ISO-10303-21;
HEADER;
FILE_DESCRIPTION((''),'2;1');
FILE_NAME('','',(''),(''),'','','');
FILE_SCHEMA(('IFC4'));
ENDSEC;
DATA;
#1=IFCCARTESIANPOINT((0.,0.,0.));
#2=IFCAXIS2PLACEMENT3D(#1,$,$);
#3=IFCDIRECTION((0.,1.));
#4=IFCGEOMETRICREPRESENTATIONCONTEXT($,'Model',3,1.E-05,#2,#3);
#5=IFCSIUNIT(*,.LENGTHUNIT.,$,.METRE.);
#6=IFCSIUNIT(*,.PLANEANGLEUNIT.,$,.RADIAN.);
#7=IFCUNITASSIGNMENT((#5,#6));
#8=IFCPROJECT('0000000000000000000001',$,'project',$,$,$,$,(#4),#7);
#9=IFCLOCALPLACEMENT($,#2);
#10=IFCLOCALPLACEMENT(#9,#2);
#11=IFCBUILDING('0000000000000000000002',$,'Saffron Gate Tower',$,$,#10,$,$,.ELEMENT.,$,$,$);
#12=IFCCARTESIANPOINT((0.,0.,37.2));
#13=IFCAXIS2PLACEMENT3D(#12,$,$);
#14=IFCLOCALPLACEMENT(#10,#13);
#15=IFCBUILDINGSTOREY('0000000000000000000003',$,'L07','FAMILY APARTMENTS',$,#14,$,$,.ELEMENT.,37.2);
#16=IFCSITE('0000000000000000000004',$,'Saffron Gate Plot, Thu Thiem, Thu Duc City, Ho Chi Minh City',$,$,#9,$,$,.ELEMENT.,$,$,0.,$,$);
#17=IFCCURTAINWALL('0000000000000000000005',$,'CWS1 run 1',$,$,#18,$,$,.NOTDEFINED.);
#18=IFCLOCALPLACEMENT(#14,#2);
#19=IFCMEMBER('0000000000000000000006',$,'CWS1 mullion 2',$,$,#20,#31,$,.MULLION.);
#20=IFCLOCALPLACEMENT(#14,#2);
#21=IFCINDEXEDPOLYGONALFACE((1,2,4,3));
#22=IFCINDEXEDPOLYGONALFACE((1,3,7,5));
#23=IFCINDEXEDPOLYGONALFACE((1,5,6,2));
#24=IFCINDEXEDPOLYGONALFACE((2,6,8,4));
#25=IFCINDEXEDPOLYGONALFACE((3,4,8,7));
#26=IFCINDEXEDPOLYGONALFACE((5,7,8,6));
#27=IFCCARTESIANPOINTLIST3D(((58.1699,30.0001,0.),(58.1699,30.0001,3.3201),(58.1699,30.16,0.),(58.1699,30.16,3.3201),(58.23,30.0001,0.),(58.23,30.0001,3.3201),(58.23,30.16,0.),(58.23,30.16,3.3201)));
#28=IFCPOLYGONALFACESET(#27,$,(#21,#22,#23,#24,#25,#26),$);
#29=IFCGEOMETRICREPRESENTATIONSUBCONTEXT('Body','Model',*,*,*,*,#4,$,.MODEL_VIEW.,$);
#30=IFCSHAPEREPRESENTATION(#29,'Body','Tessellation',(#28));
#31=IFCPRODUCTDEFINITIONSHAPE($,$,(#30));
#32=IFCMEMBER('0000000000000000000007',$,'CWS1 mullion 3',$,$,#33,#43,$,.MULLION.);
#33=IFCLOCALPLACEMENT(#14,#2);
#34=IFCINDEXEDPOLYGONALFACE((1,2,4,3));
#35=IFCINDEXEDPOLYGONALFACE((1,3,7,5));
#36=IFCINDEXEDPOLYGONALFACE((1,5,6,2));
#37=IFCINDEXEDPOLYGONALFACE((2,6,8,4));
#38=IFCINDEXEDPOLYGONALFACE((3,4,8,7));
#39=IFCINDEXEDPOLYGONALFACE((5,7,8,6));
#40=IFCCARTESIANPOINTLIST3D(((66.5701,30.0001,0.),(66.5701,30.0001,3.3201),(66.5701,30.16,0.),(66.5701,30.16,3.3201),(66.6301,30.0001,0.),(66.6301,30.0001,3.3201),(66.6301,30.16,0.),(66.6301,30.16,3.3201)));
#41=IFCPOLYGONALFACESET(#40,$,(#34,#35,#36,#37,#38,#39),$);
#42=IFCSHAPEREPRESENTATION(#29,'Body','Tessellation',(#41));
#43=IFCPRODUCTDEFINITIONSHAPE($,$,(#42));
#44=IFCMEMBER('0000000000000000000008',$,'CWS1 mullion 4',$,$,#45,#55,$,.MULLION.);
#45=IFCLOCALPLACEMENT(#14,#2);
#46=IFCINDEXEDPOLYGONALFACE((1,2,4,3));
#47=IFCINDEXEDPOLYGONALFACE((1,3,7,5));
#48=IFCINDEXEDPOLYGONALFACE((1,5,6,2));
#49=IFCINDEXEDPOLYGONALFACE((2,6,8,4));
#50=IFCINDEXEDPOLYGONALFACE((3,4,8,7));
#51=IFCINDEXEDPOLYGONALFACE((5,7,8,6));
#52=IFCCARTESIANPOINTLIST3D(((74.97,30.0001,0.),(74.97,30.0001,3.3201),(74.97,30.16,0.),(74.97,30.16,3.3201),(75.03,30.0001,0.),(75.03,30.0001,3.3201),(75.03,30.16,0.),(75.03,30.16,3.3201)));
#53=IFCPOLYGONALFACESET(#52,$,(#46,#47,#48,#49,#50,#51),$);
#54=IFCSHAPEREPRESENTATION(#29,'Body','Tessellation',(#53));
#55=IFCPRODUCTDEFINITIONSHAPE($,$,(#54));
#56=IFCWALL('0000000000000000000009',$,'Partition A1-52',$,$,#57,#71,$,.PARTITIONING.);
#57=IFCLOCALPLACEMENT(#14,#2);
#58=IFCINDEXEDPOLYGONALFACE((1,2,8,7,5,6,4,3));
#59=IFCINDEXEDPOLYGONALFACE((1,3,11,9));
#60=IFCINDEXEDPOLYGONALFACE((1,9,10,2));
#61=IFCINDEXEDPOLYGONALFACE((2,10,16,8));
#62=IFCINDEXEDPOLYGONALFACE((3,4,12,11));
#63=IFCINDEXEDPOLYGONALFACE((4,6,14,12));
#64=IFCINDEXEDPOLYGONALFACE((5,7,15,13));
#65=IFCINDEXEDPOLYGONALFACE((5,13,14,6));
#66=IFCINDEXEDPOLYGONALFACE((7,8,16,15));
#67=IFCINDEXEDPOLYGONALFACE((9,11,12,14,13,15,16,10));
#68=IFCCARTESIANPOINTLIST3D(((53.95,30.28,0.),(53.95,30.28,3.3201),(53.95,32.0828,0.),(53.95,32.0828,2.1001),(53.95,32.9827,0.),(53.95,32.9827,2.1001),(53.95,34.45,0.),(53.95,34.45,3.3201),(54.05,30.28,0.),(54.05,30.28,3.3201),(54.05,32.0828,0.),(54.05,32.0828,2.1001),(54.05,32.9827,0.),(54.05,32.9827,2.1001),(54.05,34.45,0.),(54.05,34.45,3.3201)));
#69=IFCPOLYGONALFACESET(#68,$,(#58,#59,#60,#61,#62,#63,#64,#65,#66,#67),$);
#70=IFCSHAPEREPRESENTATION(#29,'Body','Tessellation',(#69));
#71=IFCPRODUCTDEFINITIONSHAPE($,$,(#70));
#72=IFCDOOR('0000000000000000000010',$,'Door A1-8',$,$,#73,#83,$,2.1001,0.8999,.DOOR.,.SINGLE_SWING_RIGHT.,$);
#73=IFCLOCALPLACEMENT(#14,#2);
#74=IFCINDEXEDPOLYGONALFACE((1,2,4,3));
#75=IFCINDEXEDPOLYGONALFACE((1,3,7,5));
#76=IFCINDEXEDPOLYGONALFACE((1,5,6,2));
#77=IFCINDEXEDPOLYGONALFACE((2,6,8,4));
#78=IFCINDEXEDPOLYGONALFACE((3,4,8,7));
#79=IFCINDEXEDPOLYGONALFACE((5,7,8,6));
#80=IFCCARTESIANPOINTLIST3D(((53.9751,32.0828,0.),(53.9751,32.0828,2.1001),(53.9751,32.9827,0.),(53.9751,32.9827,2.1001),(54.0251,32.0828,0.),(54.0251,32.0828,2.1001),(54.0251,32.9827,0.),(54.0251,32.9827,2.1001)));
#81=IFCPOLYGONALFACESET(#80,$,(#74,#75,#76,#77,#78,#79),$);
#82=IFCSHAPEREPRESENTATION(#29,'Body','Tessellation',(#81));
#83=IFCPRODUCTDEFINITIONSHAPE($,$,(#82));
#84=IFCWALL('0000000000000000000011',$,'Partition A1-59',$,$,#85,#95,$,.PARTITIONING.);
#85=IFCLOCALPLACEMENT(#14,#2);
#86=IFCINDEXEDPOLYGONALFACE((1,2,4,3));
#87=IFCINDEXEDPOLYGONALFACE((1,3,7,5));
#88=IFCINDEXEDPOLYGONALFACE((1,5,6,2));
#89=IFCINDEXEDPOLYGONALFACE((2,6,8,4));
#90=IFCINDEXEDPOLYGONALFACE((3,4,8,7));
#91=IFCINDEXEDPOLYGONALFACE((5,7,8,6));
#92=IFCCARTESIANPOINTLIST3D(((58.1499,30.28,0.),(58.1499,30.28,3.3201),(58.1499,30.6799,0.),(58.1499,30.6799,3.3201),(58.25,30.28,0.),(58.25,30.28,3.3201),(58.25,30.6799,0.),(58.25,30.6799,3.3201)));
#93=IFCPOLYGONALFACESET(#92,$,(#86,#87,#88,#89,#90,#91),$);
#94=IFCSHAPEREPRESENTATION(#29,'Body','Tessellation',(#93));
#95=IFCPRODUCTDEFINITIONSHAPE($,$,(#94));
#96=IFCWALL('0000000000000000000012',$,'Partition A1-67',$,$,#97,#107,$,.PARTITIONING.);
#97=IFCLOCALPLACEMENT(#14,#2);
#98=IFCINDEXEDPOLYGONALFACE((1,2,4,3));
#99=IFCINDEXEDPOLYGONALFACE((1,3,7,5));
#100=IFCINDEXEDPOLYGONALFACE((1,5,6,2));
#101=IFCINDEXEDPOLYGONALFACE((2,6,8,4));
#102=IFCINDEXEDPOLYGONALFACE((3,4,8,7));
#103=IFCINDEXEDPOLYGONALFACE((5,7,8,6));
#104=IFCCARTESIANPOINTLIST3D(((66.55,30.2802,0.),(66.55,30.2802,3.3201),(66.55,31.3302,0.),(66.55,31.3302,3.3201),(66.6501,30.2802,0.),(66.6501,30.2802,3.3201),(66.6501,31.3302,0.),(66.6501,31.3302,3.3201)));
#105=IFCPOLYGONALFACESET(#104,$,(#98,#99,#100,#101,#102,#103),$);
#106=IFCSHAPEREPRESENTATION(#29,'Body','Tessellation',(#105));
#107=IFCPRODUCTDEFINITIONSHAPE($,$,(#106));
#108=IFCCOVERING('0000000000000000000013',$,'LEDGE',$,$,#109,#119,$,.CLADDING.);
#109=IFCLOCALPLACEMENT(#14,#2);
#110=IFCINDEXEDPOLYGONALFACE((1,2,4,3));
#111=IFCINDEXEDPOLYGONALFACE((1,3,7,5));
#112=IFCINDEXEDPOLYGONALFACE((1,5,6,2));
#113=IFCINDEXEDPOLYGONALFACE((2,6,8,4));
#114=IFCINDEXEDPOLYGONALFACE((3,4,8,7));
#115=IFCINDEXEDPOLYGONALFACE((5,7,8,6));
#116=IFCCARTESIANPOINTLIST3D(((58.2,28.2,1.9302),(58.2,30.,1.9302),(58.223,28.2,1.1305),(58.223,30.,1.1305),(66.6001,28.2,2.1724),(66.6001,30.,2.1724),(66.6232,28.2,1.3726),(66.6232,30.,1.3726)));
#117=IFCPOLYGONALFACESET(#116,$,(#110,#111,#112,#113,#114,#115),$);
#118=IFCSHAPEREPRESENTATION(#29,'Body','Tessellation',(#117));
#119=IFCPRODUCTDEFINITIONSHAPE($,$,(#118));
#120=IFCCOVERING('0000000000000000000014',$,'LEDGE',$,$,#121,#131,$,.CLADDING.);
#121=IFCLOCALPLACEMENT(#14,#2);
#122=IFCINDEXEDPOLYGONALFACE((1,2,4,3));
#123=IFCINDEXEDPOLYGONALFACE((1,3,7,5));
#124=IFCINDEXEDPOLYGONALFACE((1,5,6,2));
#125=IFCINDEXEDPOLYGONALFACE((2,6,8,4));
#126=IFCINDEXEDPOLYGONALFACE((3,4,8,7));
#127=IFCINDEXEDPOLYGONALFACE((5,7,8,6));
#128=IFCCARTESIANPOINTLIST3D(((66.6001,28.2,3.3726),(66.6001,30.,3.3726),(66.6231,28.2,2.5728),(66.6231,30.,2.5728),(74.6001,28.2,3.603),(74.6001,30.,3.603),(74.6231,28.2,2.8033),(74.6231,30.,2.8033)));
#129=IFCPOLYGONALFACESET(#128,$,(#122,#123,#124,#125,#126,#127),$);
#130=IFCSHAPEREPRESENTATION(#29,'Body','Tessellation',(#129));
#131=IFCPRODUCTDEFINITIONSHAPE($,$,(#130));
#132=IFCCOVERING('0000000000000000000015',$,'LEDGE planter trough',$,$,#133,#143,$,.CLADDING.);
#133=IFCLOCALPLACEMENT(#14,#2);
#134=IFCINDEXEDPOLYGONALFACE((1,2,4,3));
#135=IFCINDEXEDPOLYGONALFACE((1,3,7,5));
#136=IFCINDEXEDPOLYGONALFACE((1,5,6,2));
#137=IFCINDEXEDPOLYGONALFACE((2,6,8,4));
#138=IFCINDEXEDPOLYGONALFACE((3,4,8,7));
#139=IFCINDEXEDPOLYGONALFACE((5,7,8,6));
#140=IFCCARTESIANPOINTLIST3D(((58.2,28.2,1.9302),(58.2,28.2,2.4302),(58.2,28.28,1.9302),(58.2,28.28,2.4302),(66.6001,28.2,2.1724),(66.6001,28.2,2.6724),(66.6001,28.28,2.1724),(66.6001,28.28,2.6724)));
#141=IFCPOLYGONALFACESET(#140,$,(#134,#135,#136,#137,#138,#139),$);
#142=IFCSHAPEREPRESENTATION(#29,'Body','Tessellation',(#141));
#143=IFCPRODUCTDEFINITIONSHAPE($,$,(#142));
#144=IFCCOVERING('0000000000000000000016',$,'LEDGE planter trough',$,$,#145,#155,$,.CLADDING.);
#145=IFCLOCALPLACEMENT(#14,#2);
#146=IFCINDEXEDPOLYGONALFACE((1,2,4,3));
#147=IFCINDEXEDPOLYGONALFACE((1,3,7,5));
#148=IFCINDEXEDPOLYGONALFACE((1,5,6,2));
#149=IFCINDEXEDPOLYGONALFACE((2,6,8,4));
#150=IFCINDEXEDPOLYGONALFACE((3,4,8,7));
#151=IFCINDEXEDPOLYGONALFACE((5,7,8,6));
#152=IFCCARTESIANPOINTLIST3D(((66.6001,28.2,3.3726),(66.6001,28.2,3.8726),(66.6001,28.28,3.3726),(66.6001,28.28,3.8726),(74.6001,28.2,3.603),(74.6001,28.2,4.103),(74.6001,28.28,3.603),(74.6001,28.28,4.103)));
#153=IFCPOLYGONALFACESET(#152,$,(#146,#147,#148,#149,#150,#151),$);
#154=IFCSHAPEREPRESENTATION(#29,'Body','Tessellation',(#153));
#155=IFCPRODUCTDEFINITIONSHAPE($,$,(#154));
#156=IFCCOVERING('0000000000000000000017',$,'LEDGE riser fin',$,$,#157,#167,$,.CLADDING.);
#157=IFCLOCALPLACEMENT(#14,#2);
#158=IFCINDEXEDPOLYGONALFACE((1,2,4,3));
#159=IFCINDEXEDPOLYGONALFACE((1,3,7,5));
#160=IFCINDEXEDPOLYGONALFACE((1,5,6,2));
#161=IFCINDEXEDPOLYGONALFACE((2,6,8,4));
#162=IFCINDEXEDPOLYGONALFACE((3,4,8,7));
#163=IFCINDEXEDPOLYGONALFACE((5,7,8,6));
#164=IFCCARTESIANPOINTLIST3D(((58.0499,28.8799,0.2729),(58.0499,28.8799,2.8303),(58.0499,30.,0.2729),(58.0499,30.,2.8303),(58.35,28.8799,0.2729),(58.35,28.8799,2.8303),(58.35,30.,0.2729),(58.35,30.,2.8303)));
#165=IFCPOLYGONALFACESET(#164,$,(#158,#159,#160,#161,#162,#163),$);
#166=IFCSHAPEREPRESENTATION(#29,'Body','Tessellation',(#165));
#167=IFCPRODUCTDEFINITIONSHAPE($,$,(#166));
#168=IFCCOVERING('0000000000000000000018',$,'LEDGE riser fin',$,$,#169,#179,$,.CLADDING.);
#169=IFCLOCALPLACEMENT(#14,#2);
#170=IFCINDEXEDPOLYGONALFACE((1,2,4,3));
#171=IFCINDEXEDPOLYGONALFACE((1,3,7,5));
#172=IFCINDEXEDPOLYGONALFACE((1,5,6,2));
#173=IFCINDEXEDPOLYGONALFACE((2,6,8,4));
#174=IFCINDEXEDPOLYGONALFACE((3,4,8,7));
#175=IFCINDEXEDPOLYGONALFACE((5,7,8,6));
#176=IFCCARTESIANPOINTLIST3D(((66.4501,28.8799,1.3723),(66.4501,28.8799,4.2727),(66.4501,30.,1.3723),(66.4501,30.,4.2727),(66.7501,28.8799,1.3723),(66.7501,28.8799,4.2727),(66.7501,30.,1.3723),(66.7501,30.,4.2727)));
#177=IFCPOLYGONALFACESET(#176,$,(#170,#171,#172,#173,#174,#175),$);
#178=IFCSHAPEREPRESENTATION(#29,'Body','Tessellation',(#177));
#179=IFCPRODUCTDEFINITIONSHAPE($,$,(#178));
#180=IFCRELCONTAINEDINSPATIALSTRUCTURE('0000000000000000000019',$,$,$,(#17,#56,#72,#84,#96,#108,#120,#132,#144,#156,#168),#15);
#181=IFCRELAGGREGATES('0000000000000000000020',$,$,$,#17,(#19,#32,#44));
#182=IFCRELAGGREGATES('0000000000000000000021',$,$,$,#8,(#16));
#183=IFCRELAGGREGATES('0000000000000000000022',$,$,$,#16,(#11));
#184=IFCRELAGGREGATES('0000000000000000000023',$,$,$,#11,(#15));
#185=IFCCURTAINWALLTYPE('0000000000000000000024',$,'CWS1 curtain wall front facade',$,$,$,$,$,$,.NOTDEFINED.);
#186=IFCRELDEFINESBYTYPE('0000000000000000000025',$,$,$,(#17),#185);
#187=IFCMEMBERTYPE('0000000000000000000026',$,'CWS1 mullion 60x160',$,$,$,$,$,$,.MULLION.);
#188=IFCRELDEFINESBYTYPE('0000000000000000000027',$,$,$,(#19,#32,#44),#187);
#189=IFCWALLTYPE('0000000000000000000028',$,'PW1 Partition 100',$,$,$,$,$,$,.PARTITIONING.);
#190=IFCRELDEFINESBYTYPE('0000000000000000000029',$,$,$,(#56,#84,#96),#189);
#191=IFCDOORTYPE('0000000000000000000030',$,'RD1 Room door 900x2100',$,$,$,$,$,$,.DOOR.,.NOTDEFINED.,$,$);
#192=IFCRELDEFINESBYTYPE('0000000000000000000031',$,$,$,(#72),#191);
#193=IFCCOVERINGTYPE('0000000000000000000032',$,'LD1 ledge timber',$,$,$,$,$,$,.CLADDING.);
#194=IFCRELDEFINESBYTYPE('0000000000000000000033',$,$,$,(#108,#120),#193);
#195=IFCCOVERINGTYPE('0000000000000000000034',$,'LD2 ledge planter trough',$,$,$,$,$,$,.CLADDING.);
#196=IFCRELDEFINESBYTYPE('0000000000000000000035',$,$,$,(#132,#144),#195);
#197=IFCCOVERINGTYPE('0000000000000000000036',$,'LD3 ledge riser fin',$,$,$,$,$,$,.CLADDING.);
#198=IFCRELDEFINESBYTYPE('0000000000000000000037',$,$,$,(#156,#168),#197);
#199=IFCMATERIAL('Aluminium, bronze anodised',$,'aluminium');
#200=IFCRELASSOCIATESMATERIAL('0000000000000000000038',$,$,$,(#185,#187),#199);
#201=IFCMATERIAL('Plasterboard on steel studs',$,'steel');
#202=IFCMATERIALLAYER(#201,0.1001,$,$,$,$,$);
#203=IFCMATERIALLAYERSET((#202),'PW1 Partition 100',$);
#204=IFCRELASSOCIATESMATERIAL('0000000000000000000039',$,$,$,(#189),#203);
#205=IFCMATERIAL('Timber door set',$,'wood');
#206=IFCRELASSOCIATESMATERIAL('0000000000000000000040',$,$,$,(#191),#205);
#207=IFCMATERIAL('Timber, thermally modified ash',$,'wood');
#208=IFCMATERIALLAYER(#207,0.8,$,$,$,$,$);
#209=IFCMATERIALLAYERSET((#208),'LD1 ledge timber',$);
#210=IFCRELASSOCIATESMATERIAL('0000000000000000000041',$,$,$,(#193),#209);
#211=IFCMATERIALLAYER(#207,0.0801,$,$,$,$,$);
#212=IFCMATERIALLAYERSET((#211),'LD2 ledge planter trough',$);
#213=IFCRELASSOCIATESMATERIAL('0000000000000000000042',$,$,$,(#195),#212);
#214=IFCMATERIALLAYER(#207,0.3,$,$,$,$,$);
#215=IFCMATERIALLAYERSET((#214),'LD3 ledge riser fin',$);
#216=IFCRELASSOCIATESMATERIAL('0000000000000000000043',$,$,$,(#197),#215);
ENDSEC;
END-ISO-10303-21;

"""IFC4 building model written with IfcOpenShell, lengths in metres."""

from ifc_helpers import new_model, si_unit, direction, frame, frame_2d, origin, origin_2d, place, context, subcontext, project, spatial, polyline, rectangle, outline, extrude, material, layer, layer_set, material_profile, profile_set, type_object, element, fill, aggregate, save


model = new_model("IFC4")

# Units and contexts
model_context = context("Model", 3, precision=1e-05, world=origin(), true_north=direction((0.0, 1.0)))
body_context = subcontext(model_context, "Body", "Model", "MODEL_VIEW")
ifc_project = project(units=[si_unit("LENGTHUNIT", "METRE"), si_unit("PLANEANGLEUNIT", "RADIAN")], contexts=[model_context])

# Site, building, storey
site_placement = place(None, origin())
site = spatial("IfcSite", under=ifc_project, at=site_placement, Name="Saffron Gate Plot, Thu Thiem, Thu Duc City, Ho Chi Minh City", CompositionType="ELEMENT", RefElevation=0.0)
building_placement = place(site_placement, origin())
building = spatial("IfcBuilding", under=site, at=building_placement, Name="Saffron Gate Tower", CompositionType="ELEMENT")
storey_placement = place(building_placement, frame((0.0, 0.0, 37.2)))
storey = spatial("IfcBuildingStorey", under=building, at=storey_placement, Name="L07", Description="FAMILY APARTMENTS", CompositionType="ELEMENT", Elevation=37.2)

# Curtain wall, members
ifc_material_1 = material(Name="Aluminium, bronze anodised", Category="aluminium")
curtain_wall_type = type_object("IfcCurtainWallType", Name="CWS1 curtain wall front facade", PredefinedType="NOTDEFINED", material=ifc_material_1)
curtain_wall_placement = place(storey_placement, origin())
curtain_wall = element("IfcCurtainWall", 1, at=curtain_wall_placement, inside=storey, type_object=curtain_wall_type, Name="CWS1 run 1", PredefinedType="NOTDEFINED")
ifc_material_profile_1 = material_profile(ifc_material_1, rectangle(XDim=0.1599, YDim=0.0601, at=origin_2d()))
ifc_profile_set_1 = profile_set([ifc_material_profile_1], Name="Aluminium, bronze anodised")
member_type = type_object("IfcMemberType", Name="CWS1 mullion 60x160", PredefinedType="MULLION", material=ifc_profile_set_1)
member_1_placement = place(storey_placement, frame((58.2, 30.0801, 0.0), z_axis=(0.0, 0.0, 1.0), x_axis=(0.0, 1.0, 0.0)))
member_1 = element("IfcMember", 2, at=member_1_placement, type_object=member_type, Name="CWS1 mullion 2", PredefinedType="MULLION", context=body_context, shape_type="SweptSolid", body=[
    extrude(rectangle(XDim=0.1599, YDim=0.0601, at=origin_2d()), origin(), (0.0, 0.0, 1.0), 3.3201),
])
member_2_placement = place(storey_placement, frame((66.6001, 30.0801, 0.0), z_axis=(0.0, 0.0, 1.0), x_axis=(0.0, 1.0, 0.0)))
member_2 = element("IfcMember", 3, at=member_2_placement, type_object=member_type, Name="CWS1 mullion 3", PredefinedType="MULLION", context=body_context, shape_type="SweptSolid", body=[
    extrude(rectangle(XDim=0.1599, YDim=0.0601, at=origin_2d()), origin(), (0.0, 0.0, 1.0), 3.3201),
])
member_3_placement = place(storey_placement, frame((75.0, 30.0801, 0.0), z_axis=(0.0, 0.0, 1.0), x_axis=(0.0, 1.0, 0.0)))
member_3 = element("IfcMember", 4, at=member_3_placement, type_object=member_type, Name="CWS1 mullion 4", PredefinedType="MULLION", context=body_context, shape_type="SweptSolid", body=[
    extrude(rectangle(XDim=0.1599, YDim=0.0601, at=origin_2d()), origin(), (0.0, 0.0, 1.0), 3.3201),
])
aggregate(curtain_wall, [member_1, member_2, member_3])

# Wall, opening, door
ifc_material_2 = material(Name="Plasterboard on steel studs", Category="steel")
ifc_layer_1 = layer(ifc_material_2, 0.1001)
ifc_layer_set_1 = layer_set([ifc_layer_1], Name="PW1 Partition 100")
wall_type = type_object("IfcWallType", Name="PW1 Partition 100", PredefinedType="PARTITIONING", material=ifc_layer_set_1)
wall_1_placement = place(storey_placement, frame((54.0, 30.28, 0.0), z_axis=(0.0, 0.0, 1.0), x_axis=(0.0, 1.0, 0.0)))
wall_1 = element("IfcWall", 5, at=wall_1_placement, inside=storey, type_object=wall_type, Name="Partition A1-52", PredefinedType="PARTITIONING", context=body_context, shape_type="SweptSolid", body=[
    extrude(rectangle(XDim=4.1699, YDim=0.1001, at=frame_2d((2.085, 0.0))), origin(), (0.0, 0.0, 1.0), 3.3201),
])
opening_placement = place(wall_1_placement, frame((1.8027, 0.0, 0.0)))
opening = element("IfcOpeningElement", 6, at=opening_placement, cuts=wall_1, PredefinedType="OPENING", context=body_context, shape_type="SweptSolid", body=[
    extrude(rectangle(XDim=0.8999, YDim=2.1001, at=frame_2d((0.45, 1.05))), frame((0.0, 0.0601, 0.0), z_axis=(0.0, -1.0, 0.0), x_axis=(1.0, 0.0, 0.0)), (0.0, 0.0, 1.0), 0.1201),
])
ifc_material_3 = material(Name="Timber door set", Category="wood")
door_type = type_object("IfcDoorType", Name="RD1 Room door 900x2100", OperationType="NOTDEFINED", PredefinedType="DOOR", material=ifc_material_3)
door_placement = place(opening_placement, origin())
door = element("IfcDoor", 7, at=door_placement, inside=storey, type_object=door_type, Name="Door A1-8", OperationType="SINGLE_SWING_RIGHT", OverallHeight=2.1001, OverallWidth=0.8999, PredefinedType="DOOR", context=body_context, shape_type="SweptSolid", body=[
    extrude(rectangle(XDim=0.8999, YDim=2.1001, at=frame_2d((0.45, 1.05))), frame((0.0, 0.0249, 0.0), z_axis=(0.0, -1.0, 0.0), x_axis=(1.0, 0.0, 0.0)), (0.0, 0.0, 1.0), 0.05),
])
fill(opening, door)

# Walls
wall_2_placement = place(storey_placement, frame((58.2, 30.6799, 0.0), z_axis=(0.0, 0.0, 1.0), x_axis=(0.0, -1.0, 0.0)))
element("IfcWall", 8, at=wall_2_placement, inside=storey, type_object=wall_type, Name="Partition A1-59", PredefinedType="PARTITIONING", context=body_context, shape_type="SweptSolid", body=[
    extrude(rectangle(XDim=0.3999, YDim=0.1001, at=frame_2d((0.2, 0.0))), origin(), (0.0, 0.0, 1.0), 3.3201),
])
wall_3_placement = place(storey_placement, frame((66.6001, 31.3301, 0.0), z_axis=(0.0, 0.0, 1.0), x_axis=(0.0, -1.0, 0.0)))
element("IfcWall", 9, at=wall_3_placement, inside=storey, type_object=wall_type, Name="Partition A1-67", PredefinedType="PARTITIONING", context=body_context, shape_type="SweptSolid", body=[
    extrude(rectangle(XDim=1.05, YDim=0.1001, at=frame_2d((0.5249, 0.0))), origin(), (0.0, 0.0, 1.0), 3.3201),
])

# Coverings
ifc_material_4 = material(Name="Timber, thermally modified ash", Category="wood")
ifc_layer_2 = layer(ifc_material_4, 0.8)
ifc_layer_set_2 = layer_set([ifc_layer_2], Name="LD1 ledge timber")
covering_type_1 = type_object("IfcCoveringType", Name="LD1 ledge timber", PredefinedType="CLADDING", material=ifc_layer_set_2)
covering_1_placement = place(storey_placement, frame((58.2, 30.0, 1.9302), z_axis=(-0.028819, 0.0, 0.999585), x_axis=(0.999585, 0.0, 0.028819)))
element("IfcCovering", 10, at=covering_1_placement, inside=storey, type_object=covering_type_1, Name="LEDGE", PredefinedType="CLADDING", context=body_context, shape_type="SweptSolid", body=[
    extrude(outline(polyline([(0.0, 0.0), (8.4036, 0.0), (8.4036, -1.8), (0.0, -1.8), (0.0, 0.0)])), origin(), (0.0, 0.0, -1.0), 0.8),
])
covering_2_placement = place(storey_placement, frame((66.6001, 30.0, 3.3726), z_axis=(-0.028797, 0.0, 0.999585), x_axis=(0.999585, 0.0, 0.028797)))
element("IfcCovering", 11, at=covering_2_placement, inside=storey, type_object=covering_type_1, Name="LEDGE", PredefinedType="CLADDING", context=body_context, shape_type="SweptSolid", body=[
    extrude(outline(polyline([(0.0, 0.0), (8.0033, 0.0), (8.0033, -1.8), (0.0, -1.8), (0.0, 0.0)])), origin(), (0.0, 0.0, -1.0), 0.8),
])
ifc_layer_3 = layer(ifc_material_4, 0.0801)
ifc_layer_set_3 = layer_set([ifc_layer_3], Name="LD2 ledge planter trough")
covering_type_2 = type_object("IfcCoveringType", Name="LD2 ledge planter trough", PredefinedType="CLADDING", material=ifc_layer_set_3)
covering_3_placement = place(storey_placement, frame((58.2, 28.2, 1.9302), z_axis=(0.0, -1.0, 0.0), x_axis=(0.999585, 0.0, 0.028819)))
element("IfcCovering", 12, at=covering_3_placement, inside=storey, type_object=covering_type_2, Name="LEDGE planter trough", PredefinedType="CLADDING", context=body_context, shape_type="SweptSolid", body=[
    extrude(outline(polyline([(0.0, 0.0), (8.4036, 0.0), (8.418, 0.4998), (0.0144, 0.4998), (0.0, 0.0)])), origin(), (0.0, 0.0, -1.0), 0.0801),
])
covering_4_placement = place(storey_placement, frame((66.6001, 28.2, 3.3726), z_axis=(0.0, -1.0, 0.0), x_axis=(0.999585, 0.0, 0.028797)))
element("IfcCovering", 13, at=covering_4_placement, inside=storey, type_object=covering_type_2, Name="LEDGE planter trough", PredefinedType="CLADDING", context=body_context, shape_type="SweptSolid", body=[
    extrude(outline(polyline([(0.0, 0.0), (8.0033, 0.0), (8.0177, 0.4998), (0.0144, 0.4998), (0.0, 0.0)])), origin(), (0.0, 0.0, -1.0), 0.0801),
])
ifc_layer_4 = layer(ifc_material_4, 0.3)
ifc_layer_set_4 = layer_set([ifc_layer_4], Name="LD3 ledge riser fin")
covering_type_3 = type_object("IfcCoveringType", Name="LD3 ledge riser fin", PredefinedType="CLADDING", material=ifc_layer_set_4)
covering_5_placement = place(storey_placement, frame((58.2, 29.4399, 0.2729), z_axis=(0.0, 0.0, 1.0), x_axis=(1.0, 0.0, 0.0)))
element("IfcCovering", 14, at=covering_5_placement, inside=storey, type_object=covering_type_3, Name="LEDGE riser fin", PredefinedType="CLADDING", context=body_context, shape_type="SweptSolid", body=[
    extrude(rectangle(XDim=0.3, YDim=1.1201, at=origin_2d()), origin(), (0.0, 0.0, 1.0), 2.5574),
])
covering_6_placement = place(storey_placement, frame((66.6001, 29.4399, 1.3723), z_axis=(0.0, 0.0, 1.0), x_axis=(1.0, 0.0, 0.0)))
element("IfcCovering", 15, at=covering_6_placement, inside=storey, type_object=covering_type_3, Name="LEDGE riser fin", PredefinedType="CLADDING", context=body_context, shape_type="SweptSolid", body=[
    extrude(rectangle(XDim=0.3, YDim=1.1201, at=origin_2d()), origin(), (0.0, 0.0, 1.0), 2.9004),
])

save(model, "model.ifc")
